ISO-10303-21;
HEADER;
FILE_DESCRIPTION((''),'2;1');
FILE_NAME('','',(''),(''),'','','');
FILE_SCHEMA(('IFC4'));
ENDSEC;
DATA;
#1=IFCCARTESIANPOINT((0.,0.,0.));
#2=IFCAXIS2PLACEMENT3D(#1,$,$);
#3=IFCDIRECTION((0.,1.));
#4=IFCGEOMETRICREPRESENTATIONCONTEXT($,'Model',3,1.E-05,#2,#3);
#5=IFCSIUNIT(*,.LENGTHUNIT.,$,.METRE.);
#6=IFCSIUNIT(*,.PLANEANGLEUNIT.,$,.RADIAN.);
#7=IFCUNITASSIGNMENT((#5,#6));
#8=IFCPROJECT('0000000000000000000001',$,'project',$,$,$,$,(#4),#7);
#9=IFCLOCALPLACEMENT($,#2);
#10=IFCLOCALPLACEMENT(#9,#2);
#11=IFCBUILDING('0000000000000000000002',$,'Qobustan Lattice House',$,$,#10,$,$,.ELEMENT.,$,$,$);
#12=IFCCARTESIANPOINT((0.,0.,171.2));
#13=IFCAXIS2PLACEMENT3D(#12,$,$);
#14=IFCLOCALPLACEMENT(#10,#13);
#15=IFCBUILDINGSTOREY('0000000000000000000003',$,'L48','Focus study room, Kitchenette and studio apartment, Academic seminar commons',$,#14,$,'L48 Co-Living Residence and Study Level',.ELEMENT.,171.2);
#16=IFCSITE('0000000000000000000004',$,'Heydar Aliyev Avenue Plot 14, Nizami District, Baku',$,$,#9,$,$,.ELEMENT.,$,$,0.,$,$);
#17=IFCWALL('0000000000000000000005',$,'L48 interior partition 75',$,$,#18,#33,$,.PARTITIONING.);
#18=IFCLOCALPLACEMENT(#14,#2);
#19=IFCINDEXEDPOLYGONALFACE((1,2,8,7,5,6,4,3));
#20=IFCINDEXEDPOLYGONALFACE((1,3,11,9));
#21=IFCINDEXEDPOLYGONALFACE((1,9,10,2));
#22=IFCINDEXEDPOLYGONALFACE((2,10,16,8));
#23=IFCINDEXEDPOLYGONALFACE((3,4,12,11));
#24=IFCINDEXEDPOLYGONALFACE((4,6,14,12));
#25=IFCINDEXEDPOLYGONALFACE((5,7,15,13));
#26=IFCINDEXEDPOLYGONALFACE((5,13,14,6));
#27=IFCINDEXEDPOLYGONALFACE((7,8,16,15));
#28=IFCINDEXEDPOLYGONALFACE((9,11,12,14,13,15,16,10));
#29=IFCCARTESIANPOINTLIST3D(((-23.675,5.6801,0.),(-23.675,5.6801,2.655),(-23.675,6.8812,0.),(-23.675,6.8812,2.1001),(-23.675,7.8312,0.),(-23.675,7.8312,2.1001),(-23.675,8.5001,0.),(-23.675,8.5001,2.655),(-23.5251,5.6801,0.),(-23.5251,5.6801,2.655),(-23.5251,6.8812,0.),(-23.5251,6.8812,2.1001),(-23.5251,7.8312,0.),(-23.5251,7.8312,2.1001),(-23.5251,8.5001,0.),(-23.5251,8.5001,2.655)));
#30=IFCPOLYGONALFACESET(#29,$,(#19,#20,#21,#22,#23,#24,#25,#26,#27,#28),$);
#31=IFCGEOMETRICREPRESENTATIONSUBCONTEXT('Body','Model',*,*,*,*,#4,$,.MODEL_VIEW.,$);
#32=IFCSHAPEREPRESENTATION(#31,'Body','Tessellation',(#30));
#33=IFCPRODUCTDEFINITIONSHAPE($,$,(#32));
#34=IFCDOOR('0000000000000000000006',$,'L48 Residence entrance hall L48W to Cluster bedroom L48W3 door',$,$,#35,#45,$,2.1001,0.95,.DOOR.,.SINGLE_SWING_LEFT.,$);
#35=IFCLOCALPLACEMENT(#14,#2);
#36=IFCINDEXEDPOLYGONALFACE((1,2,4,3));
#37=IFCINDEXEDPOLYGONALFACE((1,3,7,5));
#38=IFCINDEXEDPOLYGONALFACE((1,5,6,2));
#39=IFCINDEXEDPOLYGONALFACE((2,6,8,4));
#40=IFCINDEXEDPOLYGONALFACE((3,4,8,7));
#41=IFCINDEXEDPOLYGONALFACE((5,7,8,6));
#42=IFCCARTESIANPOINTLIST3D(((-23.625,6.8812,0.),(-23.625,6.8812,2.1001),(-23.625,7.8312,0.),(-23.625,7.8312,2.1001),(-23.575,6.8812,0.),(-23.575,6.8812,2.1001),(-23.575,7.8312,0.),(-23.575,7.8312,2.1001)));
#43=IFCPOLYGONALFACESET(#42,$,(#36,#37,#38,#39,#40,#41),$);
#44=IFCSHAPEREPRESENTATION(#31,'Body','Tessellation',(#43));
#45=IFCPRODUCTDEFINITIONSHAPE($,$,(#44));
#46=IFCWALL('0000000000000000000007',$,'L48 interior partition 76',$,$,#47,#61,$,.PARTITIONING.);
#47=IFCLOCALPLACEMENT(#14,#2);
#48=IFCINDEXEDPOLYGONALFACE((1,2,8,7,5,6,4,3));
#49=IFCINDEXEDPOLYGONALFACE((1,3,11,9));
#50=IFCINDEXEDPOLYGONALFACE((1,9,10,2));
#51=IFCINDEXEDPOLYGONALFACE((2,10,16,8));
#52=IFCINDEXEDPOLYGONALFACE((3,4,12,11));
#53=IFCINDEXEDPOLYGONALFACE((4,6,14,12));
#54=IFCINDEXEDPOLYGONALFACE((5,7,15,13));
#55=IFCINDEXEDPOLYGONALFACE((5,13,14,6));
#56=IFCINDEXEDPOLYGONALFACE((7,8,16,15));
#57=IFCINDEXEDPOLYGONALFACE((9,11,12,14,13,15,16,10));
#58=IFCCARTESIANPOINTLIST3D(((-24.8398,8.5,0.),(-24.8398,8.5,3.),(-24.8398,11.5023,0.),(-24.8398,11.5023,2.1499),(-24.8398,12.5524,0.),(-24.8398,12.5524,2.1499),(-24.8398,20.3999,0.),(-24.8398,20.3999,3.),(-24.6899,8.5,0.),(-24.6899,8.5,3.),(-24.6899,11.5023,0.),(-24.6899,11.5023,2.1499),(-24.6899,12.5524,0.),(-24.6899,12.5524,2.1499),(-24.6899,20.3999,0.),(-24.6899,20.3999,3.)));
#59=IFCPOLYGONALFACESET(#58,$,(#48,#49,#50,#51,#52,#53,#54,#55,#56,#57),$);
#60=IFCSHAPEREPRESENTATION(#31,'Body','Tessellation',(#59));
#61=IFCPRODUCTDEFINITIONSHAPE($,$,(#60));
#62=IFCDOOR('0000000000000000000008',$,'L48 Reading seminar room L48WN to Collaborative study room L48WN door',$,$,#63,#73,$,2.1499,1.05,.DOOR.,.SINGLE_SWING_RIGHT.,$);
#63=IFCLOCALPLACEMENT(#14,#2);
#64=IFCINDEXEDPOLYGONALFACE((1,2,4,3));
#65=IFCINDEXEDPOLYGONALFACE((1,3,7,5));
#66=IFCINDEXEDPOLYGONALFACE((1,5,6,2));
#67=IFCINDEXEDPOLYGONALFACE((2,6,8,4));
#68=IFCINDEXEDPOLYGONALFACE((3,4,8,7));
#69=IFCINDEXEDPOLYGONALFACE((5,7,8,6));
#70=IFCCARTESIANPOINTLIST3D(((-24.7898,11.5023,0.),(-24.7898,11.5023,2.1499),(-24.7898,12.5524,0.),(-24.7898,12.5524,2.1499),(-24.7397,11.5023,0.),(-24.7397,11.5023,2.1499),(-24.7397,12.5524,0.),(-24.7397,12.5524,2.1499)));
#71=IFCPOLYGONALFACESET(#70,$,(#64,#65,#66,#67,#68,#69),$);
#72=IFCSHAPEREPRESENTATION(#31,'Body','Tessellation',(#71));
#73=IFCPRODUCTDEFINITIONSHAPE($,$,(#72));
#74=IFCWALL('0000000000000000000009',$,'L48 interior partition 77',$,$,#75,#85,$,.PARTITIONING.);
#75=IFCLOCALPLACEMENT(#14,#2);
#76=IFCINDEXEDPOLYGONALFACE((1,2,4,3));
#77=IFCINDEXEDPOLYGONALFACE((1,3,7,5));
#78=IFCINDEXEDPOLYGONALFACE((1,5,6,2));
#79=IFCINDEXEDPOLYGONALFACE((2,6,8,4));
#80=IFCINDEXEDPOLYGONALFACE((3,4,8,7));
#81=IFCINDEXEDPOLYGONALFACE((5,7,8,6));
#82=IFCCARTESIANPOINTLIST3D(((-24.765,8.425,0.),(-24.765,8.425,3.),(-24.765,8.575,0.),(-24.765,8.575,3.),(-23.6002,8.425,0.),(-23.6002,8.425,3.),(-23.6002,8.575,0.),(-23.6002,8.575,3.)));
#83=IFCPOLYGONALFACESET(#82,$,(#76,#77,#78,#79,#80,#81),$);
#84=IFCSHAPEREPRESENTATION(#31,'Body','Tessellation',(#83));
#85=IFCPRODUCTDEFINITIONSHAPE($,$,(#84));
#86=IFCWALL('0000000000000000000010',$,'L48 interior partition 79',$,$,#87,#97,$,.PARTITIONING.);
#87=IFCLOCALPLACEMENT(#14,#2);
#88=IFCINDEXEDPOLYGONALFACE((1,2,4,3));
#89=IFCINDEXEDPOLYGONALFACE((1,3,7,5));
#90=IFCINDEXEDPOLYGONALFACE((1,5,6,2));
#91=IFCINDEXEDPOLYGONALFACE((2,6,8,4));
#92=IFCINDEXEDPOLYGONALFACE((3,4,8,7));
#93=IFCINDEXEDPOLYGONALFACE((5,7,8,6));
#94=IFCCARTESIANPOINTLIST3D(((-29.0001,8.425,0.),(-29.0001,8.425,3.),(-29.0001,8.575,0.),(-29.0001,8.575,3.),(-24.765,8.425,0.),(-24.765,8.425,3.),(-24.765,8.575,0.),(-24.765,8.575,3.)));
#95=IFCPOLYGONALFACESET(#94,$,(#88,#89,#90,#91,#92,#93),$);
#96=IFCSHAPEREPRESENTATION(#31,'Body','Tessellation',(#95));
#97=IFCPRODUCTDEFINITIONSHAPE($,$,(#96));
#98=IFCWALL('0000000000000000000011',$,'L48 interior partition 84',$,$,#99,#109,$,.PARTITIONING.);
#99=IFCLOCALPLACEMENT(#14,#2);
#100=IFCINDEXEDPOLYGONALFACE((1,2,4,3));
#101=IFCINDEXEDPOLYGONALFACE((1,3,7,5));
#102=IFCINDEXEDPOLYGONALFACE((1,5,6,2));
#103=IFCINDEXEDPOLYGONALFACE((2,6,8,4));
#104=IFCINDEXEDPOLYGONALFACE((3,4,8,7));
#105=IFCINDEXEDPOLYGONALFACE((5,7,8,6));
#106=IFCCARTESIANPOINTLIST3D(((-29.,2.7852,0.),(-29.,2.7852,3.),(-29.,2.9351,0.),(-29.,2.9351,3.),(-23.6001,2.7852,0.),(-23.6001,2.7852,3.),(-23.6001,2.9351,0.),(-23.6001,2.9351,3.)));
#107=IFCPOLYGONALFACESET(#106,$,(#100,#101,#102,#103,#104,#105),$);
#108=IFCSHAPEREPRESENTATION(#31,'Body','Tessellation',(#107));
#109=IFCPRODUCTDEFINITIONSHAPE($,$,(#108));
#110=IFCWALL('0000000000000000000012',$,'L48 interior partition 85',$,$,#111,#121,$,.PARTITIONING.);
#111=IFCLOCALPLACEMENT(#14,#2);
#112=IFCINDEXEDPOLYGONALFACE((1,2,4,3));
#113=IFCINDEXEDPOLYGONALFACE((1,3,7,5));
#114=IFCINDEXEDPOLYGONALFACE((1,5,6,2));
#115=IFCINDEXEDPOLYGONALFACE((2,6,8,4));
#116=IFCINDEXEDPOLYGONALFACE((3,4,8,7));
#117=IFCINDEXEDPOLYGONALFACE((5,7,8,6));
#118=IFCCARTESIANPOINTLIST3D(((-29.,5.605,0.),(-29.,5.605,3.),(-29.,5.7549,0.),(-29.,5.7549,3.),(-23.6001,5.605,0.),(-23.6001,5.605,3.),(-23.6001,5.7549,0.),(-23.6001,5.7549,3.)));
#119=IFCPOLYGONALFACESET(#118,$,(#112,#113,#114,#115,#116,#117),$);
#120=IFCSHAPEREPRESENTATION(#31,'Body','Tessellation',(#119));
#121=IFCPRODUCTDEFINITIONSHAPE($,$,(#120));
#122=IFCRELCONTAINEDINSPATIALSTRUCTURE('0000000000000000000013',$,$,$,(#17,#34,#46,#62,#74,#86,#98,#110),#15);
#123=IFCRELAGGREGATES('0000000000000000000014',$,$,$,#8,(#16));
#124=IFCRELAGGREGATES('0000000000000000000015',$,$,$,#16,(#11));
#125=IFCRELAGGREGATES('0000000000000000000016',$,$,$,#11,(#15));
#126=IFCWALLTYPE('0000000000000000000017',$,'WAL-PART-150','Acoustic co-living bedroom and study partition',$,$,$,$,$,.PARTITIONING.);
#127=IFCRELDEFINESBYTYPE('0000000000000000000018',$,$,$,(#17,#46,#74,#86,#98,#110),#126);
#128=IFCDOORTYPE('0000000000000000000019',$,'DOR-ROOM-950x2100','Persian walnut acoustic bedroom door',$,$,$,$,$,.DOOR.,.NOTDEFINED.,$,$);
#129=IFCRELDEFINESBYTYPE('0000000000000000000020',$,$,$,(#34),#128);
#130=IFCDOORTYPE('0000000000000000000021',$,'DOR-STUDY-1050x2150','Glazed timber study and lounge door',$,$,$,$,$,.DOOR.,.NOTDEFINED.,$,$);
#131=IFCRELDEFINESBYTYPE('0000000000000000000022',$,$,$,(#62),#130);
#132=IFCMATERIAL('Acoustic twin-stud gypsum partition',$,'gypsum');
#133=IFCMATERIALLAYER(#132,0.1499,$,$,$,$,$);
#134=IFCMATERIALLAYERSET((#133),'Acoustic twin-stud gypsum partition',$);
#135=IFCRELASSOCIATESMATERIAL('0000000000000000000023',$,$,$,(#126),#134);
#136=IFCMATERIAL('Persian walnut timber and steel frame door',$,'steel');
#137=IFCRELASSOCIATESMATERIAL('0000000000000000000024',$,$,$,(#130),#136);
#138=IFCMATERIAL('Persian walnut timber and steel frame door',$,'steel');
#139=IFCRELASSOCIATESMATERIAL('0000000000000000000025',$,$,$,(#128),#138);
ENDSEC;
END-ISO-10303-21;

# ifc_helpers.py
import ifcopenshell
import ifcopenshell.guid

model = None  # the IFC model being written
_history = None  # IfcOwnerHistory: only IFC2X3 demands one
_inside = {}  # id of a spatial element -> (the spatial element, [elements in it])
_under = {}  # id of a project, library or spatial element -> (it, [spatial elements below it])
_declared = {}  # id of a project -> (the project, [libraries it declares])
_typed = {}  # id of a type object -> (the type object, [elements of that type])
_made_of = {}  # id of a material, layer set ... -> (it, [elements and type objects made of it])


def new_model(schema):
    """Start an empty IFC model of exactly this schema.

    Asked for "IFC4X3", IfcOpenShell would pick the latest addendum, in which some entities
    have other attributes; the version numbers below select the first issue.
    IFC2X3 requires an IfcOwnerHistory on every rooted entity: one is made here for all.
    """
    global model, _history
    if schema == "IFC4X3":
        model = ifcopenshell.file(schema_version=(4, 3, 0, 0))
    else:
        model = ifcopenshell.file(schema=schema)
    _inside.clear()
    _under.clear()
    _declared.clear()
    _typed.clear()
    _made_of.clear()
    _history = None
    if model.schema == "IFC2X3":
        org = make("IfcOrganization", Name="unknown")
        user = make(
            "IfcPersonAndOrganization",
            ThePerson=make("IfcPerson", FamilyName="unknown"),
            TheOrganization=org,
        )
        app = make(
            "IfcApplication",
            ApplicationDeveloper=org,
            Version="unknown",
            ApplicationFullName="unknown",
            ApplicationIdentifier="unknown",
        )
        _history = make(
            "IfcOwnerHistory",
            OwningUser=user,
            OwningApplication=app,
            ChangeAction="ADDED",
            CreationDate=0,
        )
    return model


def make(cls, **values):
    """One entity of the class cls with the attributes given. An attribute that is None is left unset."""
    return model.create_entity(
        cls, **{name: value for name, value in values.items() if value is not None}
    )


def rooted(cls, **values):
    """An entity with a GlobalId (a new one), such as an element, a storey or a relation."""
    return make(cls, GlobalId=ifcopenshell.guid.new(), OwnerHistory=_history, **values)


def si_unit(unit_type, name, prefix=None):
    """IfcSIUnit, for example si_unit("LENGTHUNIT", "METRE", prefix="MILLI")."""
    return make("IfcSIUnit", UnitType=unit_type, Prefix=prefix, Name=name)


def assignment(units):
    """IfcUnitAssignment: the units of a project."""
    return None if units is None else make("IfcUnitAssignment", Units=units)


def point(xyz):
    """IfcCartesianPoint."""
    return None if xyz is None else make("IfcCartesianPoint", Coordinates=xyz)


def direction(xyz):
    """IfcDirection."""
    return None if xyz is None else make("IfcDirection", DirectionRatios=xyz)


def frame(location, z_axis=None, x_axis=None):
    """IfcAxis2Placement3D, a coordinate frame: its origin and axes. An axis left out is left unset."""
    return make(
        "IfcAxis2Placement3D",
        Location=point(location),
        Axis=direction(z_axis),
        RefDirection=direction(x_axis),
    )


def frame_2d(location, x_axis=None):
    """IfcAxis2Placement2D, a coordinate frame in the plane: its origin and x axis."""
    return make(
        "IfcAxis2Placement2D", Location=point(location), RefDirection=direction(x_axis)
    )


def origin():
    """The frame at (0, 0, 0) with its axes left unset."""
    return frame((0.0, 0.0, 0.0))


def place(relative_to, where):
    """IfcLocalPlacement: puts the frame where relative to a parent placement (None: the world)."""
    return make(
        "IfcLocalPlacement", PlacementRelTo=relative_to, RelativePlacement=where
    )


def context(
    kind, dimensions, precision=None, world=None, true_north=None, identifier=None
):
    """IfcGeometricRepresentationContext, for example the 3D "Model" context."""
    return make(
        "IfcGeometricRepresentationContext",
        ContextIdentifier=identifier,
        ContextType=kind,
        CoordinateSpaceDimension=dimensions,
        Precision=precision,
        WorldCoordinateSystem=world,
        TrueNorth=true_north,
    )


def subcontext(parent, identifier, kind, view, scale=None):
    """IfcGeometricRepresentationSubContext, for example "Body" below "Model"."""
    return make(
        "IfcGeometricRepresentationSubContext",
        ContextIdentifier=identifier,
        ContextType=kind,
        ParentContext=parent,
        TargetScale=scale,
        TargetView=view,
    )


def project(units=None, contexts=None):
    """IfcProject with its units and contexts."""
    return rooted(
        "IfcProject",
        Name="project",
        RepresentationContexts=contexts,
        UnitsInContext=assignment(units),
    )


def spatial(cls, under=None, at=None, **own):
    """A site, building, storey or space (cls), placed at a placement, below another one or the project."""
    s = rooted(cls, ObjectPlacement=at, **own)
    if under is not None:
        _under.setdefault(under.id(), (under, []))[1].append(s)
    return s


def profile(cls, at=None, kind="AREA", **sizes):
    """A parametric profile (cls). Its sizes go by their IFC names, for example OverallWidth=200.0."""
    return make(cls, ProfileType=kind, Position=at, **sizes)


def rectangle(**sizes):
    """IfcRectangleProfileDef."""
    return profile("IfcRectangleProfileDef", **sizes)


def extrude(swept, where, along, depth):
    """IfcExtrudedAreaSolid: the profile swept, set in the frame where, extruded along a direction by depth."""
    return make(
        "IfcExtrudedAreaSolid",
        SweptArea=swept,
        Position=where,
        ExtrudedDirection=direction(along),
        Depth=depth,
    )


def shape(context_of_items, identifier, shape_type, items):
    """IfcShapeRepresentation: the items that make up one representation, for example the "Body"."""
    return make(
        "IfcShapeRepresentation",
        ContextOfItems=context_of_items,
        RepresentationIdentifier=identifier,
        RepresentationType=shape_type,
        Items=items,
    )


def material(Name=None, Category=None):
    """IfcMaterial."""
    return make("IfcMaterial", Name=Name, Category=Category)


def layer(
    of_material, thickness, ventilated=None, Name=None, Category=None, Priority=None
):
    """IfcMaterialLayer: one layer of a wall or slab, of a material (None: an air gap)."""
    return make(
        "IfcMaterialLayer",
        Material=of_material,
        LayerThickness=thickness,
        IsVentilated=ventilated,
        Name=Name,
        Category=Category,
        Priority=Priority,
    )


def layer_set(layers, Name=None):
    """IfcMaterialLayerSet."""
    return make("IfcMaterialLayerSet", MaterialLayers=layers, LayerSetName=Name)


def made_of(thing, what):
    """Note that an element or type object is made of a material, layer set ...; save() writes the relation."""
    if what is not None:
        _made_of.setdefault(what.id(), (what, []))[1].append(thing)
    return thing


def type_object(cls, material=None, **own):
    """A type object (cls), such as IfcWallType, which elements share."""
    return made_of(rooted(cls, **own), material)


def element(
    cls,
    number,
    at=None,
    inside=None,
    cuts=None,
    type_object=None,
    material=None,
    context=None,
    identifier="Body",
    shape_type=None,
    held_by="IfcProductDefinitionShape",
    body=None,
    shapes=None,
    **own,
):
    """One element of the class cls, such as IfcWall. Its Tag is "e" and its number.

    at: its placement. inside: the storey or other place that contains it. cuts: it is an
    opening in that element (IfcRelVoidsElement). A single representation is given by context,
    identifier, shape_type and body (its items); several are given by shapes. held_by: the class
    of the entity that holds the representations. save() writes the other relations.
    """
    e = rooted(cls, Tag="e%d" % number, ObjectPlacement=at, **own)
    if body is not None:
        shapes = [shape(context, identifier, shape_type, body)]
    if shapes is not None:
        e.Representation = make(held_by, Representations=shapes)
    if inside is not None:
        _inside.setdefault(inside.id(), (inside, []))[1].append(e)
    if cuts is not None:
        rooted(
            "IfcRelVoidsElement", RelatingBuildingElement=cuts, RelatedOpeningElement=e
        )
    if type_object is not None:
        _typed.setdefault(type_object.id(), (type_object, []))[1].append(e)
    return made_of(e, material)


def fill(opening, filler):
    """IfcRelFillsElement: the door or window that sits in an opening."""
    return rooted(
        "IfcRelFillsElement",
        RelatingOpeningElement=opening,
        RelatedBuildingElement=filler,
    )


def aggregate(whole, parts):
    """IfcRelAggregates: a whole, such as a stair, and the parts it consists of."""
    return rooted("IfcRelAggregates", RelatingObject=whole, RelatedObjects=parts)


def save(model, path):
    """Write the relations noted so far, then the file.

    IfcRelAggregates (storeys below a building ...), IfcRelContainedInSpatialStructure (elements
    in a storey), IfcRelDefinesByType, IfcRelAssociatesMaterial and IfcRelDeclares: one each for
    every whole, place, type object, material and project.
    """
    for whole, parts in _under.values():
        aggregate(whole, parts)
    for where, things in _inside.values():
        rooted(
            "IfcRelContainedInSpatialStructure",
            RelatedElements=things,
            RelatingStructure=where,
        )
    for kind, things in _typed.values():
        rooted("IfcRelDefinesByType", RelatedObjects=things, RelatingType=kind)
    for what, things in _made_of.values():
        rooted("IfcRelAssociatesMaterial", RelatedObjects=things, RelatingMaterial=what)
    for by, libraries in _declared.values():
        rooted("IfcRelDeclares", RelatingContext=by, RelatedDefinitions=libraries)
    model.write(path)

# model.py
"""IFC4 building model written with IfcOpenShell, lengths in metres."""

from ifc_helpers import new_model, si_unit, direction, frame, frame_2d, origin, place, context, subcontext, project, spatial, rectangle, extrude, material, layer, layer_set, type_object, element, fill, save


model = new_model("IFC4")

# Units and contexts
model_context = context("Model", 3, precision=1e-05, world=origin(), true_north=direction((0.0, 1.0)))
body_context = subcontext(model_context, "Body", "Model", "MODEL_VIEW")
ifc_project = project(units=[si_unit("LENGTHUNIT", "METRE"), si_unit("PLANEANGLEUNIT", "RADIAN")], contexts=[model_context])

# Site, building, storey
site_placement = place(None, origin())
site = spatial("IfcSite", under=ifc_project, at=site_placement, Name="Heydar Aliyev Avenue Plot 14, Nizami District, Baku", CompositionType="ELEMENT", RefElevation=0.0)
building_placement = place(site_placement, origin())
building = spatial("IfcBuilding", under=site, at=building_placement, Name="Qobustan Lattice House", CompositionType="ELEMENT")
storey_placement = place(building_placement, frame((0.0, 0.0, 171.2)))
storey = spatial("IfcBuildingStorey", under=building, at=storey_placement, Name="L48", Description="Focus study room, Kitchenette and studio apartment, Academic seminar commons", LongName="L48 Co-Living Residence and Study Level", CompositionType="ELEMENT", Elevation=171.2)

# Walls, openings, doors
ifc_material_1 = material(Name="Acoustic twin-stud gypsum partition", Category="gypsum")
ifc_layer_1 = layer(ifc_material_1, 0.1499)
ifc_layer_set_1 = layer_set([ifc_layer_1], Name="Acoustic twin-stud gypsum partition")
wall_type_1 = type_object("IfcWallType", Name="WAL-PART-150", Description="Acoustic co-living bedroom and study partition", PredefinedType="PARTITIONING", material=ifc_layer_set_1)
ifc_material_2 = material(Name="Persian walnut timber and steel frame door", Category="steel")
door_type_1 = type_object("IfcDoorType", Name="DOR-STUDY-1050x2150", Description="Glazed timber study and lounge door", OperationType="NOTDEFINED", PredefinedType="DOOR", material=ifc_material_2)
ifc_material_3 = material(Name="Persian walnut timber and steel frame door", Category="steel")
door_type_2 = type_object("IfcDoorType", Name="DOR-ROOM-950x2100", Description="Persian walnut acoustic bedroom door", OperationType="NOTDEFINED", PredefinedType="DOOR", material=ifc_material_3)
wall_1_placement = place(storey_placement, frame((-23.6001, 5.6799, 0.0), z_axis=(0.0, 0.0, 1.0), x_axis=(0.0, 1.0, 0.0)))
wall_1 = element("IfcWall", 1, at=wall_1_placement, inside=storey, type_object=wall_type_1, Name="L48 interior partition 75", PredefinedType="PARTITIONING", context=body_context, shape_type="SweptSolid", body=[
    extrude(rectangle(XDim=2.8201, YDim=0.1499, at=frame_2d((1.4102, 0.0))), origin(), (0.0, 0.0, 1.0), 2.655),
])
opening_1_placement = place(wall_1_placement, frame((1.2012, 0.0, 0.0)))
opening_1 = element("IfcOpeningElement", 2, at=opening_1_placement, cuts=wall_1, PredefinedType="OPENING", context=body_context, shape_type="SweptSolid", body=[
    extrude(rectangle(XDim=0.95, YDim=2.1001, at=frame_2d((0.4751, 1.05))), frame((0.0, 0.085, 0.0), z_axis=(0.0, -1.0, 0.0), x_axis=(1.0, 0.0, 0.0)), (0.0, 0.0, 1.0), 0.1699),
])
door_1_placement = place(opening_1_placement, origin())
door_1 = element("IfcDoor", 3, at=door_1_placement, inside=storey, type_object=door_type_2, Name="L48 Residence entrance hall L48W to Cluster bedroom L48W3 door", OperationType="SINGLE_SWING_LEFT", OverallHeight=2.1001, OverallWidth=0.95, PredefinedType="DOOR", context=body_context, shape_type="SweptSolid", body=[
    extrude(rectangle(XDim=0.95, YDim=2.1001, at=frame_2d((0.4751, 1.05))), frame((0.0, 0.0249, 0.0), z_axis=(0.0, -1.0, 0.0), x_axis=(1.0, 0.0, 0.0)), (0.0, 0.0, 1.0), 0.05),
])
fill(opening_1, door_1)
wall_2_placement = place(storey_placement, frame((-24.7649, 8.5, 0.0), z_axis=(0.0, 0.0, 1.0), x_axis=(0.0, 1.0, 0.0)))
wall_2 = element("IfcWall", 4, at=wall_2_placement, inside=storey, type_object=wall_type_1, Name="L48 interior partition 76", PredefinedType="PARTITIONING", context=body_context, shape_type="SweptSolid", body=[
    extrude(rectangle(XDim=11.8999, YDim=0.1499, at=frame_2d((5.95, 0.0))), origin(), (0.0, 0.0, 1.0), 3.0),
])
opening_2_placement = place(wall_2_placement, frame((3.0024, 0.0, 0.0)))
opening_2 = element("IfcOpeningElement", 5, at=opening_2_placement, cuts=wall_2, PredefinedType="OPENING", context=body_context, shape_type="SweptSolid", body=[
    extrude(rectangle(XDim=1.05, YDim=2.1499, at=frame_2d((0.5249, 1.075))), frame((0.0, 0.085, 0.0), z_axis=(0.0, -1.0, 0.0), x_axis=(1.0, 0.0, 0.0)), (0.0, 0.0, 1.0), 0.1699),
])
door_2_placement = place(opening_2_placement, origin())
door_2 = element("IfcDoor", 6, at=door_2_placement, inside=storey, type_object=door_type_1, Name="L48 Reading seminar room L48WN to Collaborative study room L48WN door", OperationType="SINGLE_SWING_RIGHT", OverallHeight=2.1499, OverallWidth=1.05, PredefinedType="DOOR", context=body_context, shape_type="SweptSolid", body=[
    extrude(rectangle(XDim=1.05, YDim=2.1499, at=frame_2d((0.5249, 1.075))), frame((0.0, 0.0249, 0.0), z_axis=(0.0, -1.0, 0.0), x_axis=(1.0, 0.0, 0.0)), (0.0, 0.0, 1.0), 0.05),
])
fill(opening_2, door_2)

# Walls
wall_3_placement = place(storey_placement, frame((-23.6001, 8.5, 0.0), z_axis=(0.0, 0.0, 1.0), x_axis=(-1.0, 0.0, 0.0)))
element("IfcWall", 7, at=wall_3_placement, inside=storey, type_object=wall_type_1, Name="L48 interior partition 77", PredefinedType="PARTITIONING", context=body_context, shape_type="SweptSolid", body=[
    extrude(rectangle(XDim=1.1648, YDim=0.1499, at=frame_2d((0.5825, 0.0))), origin(), (0.0, 0.0, 1.0), 3.0),
])
wall_4_placement = place(storey_placement, frame((-24.7649, 8.5, 0.0), z_axis=(0.0, 0.0, 1.0), x_axis=(-1.0, 0.0, 0.0)))
element("IfcWall", 8, at=wall_4_placement, inside=storey, type_object=wall_type_1, Name="L48 interior partition 79", PredefinedType="PARTITIONING", context=body_context, shape_type="SweptSolid", body=[
    extrude(rectangle(XDim=4.2351, YDim=0.1499, at=frame_2d((2.1177, 0.0))), origin(), (0.0, 0.0, 1.0), 3.0),
])
for number, where, z_axis, x_axis, name in (
    (9, (-29.0, 2.8601, 0.0), (0.0, 0.0, 1.0), (1.0, 0.0, 0.0), "L48 interior partition 84"),
    (10, (-29.0, 5.6799, 0.0), (0.0, 0.0, 1.0), (1.0, 0.0, 0.0), "L48 interior partition 85"),
):
    element("IfcWall", number, at=place(storey_placement, frame(where, z_axis=z_axis, x_axis=x_axis)), inside=storey, type_object=wall_type_1, Name=name, PredefinedType="PARTITIONING", context=body_context, shape_type="SweptSolid", body=[
        extrude(rectangle(XDim=5.3999, YDim=0.1499, at=frame_2d((2.7, 0.0))), origin(), (0.0, 0.0, 1.0), 3.0),
    ])

save(model, "model.ifc")
